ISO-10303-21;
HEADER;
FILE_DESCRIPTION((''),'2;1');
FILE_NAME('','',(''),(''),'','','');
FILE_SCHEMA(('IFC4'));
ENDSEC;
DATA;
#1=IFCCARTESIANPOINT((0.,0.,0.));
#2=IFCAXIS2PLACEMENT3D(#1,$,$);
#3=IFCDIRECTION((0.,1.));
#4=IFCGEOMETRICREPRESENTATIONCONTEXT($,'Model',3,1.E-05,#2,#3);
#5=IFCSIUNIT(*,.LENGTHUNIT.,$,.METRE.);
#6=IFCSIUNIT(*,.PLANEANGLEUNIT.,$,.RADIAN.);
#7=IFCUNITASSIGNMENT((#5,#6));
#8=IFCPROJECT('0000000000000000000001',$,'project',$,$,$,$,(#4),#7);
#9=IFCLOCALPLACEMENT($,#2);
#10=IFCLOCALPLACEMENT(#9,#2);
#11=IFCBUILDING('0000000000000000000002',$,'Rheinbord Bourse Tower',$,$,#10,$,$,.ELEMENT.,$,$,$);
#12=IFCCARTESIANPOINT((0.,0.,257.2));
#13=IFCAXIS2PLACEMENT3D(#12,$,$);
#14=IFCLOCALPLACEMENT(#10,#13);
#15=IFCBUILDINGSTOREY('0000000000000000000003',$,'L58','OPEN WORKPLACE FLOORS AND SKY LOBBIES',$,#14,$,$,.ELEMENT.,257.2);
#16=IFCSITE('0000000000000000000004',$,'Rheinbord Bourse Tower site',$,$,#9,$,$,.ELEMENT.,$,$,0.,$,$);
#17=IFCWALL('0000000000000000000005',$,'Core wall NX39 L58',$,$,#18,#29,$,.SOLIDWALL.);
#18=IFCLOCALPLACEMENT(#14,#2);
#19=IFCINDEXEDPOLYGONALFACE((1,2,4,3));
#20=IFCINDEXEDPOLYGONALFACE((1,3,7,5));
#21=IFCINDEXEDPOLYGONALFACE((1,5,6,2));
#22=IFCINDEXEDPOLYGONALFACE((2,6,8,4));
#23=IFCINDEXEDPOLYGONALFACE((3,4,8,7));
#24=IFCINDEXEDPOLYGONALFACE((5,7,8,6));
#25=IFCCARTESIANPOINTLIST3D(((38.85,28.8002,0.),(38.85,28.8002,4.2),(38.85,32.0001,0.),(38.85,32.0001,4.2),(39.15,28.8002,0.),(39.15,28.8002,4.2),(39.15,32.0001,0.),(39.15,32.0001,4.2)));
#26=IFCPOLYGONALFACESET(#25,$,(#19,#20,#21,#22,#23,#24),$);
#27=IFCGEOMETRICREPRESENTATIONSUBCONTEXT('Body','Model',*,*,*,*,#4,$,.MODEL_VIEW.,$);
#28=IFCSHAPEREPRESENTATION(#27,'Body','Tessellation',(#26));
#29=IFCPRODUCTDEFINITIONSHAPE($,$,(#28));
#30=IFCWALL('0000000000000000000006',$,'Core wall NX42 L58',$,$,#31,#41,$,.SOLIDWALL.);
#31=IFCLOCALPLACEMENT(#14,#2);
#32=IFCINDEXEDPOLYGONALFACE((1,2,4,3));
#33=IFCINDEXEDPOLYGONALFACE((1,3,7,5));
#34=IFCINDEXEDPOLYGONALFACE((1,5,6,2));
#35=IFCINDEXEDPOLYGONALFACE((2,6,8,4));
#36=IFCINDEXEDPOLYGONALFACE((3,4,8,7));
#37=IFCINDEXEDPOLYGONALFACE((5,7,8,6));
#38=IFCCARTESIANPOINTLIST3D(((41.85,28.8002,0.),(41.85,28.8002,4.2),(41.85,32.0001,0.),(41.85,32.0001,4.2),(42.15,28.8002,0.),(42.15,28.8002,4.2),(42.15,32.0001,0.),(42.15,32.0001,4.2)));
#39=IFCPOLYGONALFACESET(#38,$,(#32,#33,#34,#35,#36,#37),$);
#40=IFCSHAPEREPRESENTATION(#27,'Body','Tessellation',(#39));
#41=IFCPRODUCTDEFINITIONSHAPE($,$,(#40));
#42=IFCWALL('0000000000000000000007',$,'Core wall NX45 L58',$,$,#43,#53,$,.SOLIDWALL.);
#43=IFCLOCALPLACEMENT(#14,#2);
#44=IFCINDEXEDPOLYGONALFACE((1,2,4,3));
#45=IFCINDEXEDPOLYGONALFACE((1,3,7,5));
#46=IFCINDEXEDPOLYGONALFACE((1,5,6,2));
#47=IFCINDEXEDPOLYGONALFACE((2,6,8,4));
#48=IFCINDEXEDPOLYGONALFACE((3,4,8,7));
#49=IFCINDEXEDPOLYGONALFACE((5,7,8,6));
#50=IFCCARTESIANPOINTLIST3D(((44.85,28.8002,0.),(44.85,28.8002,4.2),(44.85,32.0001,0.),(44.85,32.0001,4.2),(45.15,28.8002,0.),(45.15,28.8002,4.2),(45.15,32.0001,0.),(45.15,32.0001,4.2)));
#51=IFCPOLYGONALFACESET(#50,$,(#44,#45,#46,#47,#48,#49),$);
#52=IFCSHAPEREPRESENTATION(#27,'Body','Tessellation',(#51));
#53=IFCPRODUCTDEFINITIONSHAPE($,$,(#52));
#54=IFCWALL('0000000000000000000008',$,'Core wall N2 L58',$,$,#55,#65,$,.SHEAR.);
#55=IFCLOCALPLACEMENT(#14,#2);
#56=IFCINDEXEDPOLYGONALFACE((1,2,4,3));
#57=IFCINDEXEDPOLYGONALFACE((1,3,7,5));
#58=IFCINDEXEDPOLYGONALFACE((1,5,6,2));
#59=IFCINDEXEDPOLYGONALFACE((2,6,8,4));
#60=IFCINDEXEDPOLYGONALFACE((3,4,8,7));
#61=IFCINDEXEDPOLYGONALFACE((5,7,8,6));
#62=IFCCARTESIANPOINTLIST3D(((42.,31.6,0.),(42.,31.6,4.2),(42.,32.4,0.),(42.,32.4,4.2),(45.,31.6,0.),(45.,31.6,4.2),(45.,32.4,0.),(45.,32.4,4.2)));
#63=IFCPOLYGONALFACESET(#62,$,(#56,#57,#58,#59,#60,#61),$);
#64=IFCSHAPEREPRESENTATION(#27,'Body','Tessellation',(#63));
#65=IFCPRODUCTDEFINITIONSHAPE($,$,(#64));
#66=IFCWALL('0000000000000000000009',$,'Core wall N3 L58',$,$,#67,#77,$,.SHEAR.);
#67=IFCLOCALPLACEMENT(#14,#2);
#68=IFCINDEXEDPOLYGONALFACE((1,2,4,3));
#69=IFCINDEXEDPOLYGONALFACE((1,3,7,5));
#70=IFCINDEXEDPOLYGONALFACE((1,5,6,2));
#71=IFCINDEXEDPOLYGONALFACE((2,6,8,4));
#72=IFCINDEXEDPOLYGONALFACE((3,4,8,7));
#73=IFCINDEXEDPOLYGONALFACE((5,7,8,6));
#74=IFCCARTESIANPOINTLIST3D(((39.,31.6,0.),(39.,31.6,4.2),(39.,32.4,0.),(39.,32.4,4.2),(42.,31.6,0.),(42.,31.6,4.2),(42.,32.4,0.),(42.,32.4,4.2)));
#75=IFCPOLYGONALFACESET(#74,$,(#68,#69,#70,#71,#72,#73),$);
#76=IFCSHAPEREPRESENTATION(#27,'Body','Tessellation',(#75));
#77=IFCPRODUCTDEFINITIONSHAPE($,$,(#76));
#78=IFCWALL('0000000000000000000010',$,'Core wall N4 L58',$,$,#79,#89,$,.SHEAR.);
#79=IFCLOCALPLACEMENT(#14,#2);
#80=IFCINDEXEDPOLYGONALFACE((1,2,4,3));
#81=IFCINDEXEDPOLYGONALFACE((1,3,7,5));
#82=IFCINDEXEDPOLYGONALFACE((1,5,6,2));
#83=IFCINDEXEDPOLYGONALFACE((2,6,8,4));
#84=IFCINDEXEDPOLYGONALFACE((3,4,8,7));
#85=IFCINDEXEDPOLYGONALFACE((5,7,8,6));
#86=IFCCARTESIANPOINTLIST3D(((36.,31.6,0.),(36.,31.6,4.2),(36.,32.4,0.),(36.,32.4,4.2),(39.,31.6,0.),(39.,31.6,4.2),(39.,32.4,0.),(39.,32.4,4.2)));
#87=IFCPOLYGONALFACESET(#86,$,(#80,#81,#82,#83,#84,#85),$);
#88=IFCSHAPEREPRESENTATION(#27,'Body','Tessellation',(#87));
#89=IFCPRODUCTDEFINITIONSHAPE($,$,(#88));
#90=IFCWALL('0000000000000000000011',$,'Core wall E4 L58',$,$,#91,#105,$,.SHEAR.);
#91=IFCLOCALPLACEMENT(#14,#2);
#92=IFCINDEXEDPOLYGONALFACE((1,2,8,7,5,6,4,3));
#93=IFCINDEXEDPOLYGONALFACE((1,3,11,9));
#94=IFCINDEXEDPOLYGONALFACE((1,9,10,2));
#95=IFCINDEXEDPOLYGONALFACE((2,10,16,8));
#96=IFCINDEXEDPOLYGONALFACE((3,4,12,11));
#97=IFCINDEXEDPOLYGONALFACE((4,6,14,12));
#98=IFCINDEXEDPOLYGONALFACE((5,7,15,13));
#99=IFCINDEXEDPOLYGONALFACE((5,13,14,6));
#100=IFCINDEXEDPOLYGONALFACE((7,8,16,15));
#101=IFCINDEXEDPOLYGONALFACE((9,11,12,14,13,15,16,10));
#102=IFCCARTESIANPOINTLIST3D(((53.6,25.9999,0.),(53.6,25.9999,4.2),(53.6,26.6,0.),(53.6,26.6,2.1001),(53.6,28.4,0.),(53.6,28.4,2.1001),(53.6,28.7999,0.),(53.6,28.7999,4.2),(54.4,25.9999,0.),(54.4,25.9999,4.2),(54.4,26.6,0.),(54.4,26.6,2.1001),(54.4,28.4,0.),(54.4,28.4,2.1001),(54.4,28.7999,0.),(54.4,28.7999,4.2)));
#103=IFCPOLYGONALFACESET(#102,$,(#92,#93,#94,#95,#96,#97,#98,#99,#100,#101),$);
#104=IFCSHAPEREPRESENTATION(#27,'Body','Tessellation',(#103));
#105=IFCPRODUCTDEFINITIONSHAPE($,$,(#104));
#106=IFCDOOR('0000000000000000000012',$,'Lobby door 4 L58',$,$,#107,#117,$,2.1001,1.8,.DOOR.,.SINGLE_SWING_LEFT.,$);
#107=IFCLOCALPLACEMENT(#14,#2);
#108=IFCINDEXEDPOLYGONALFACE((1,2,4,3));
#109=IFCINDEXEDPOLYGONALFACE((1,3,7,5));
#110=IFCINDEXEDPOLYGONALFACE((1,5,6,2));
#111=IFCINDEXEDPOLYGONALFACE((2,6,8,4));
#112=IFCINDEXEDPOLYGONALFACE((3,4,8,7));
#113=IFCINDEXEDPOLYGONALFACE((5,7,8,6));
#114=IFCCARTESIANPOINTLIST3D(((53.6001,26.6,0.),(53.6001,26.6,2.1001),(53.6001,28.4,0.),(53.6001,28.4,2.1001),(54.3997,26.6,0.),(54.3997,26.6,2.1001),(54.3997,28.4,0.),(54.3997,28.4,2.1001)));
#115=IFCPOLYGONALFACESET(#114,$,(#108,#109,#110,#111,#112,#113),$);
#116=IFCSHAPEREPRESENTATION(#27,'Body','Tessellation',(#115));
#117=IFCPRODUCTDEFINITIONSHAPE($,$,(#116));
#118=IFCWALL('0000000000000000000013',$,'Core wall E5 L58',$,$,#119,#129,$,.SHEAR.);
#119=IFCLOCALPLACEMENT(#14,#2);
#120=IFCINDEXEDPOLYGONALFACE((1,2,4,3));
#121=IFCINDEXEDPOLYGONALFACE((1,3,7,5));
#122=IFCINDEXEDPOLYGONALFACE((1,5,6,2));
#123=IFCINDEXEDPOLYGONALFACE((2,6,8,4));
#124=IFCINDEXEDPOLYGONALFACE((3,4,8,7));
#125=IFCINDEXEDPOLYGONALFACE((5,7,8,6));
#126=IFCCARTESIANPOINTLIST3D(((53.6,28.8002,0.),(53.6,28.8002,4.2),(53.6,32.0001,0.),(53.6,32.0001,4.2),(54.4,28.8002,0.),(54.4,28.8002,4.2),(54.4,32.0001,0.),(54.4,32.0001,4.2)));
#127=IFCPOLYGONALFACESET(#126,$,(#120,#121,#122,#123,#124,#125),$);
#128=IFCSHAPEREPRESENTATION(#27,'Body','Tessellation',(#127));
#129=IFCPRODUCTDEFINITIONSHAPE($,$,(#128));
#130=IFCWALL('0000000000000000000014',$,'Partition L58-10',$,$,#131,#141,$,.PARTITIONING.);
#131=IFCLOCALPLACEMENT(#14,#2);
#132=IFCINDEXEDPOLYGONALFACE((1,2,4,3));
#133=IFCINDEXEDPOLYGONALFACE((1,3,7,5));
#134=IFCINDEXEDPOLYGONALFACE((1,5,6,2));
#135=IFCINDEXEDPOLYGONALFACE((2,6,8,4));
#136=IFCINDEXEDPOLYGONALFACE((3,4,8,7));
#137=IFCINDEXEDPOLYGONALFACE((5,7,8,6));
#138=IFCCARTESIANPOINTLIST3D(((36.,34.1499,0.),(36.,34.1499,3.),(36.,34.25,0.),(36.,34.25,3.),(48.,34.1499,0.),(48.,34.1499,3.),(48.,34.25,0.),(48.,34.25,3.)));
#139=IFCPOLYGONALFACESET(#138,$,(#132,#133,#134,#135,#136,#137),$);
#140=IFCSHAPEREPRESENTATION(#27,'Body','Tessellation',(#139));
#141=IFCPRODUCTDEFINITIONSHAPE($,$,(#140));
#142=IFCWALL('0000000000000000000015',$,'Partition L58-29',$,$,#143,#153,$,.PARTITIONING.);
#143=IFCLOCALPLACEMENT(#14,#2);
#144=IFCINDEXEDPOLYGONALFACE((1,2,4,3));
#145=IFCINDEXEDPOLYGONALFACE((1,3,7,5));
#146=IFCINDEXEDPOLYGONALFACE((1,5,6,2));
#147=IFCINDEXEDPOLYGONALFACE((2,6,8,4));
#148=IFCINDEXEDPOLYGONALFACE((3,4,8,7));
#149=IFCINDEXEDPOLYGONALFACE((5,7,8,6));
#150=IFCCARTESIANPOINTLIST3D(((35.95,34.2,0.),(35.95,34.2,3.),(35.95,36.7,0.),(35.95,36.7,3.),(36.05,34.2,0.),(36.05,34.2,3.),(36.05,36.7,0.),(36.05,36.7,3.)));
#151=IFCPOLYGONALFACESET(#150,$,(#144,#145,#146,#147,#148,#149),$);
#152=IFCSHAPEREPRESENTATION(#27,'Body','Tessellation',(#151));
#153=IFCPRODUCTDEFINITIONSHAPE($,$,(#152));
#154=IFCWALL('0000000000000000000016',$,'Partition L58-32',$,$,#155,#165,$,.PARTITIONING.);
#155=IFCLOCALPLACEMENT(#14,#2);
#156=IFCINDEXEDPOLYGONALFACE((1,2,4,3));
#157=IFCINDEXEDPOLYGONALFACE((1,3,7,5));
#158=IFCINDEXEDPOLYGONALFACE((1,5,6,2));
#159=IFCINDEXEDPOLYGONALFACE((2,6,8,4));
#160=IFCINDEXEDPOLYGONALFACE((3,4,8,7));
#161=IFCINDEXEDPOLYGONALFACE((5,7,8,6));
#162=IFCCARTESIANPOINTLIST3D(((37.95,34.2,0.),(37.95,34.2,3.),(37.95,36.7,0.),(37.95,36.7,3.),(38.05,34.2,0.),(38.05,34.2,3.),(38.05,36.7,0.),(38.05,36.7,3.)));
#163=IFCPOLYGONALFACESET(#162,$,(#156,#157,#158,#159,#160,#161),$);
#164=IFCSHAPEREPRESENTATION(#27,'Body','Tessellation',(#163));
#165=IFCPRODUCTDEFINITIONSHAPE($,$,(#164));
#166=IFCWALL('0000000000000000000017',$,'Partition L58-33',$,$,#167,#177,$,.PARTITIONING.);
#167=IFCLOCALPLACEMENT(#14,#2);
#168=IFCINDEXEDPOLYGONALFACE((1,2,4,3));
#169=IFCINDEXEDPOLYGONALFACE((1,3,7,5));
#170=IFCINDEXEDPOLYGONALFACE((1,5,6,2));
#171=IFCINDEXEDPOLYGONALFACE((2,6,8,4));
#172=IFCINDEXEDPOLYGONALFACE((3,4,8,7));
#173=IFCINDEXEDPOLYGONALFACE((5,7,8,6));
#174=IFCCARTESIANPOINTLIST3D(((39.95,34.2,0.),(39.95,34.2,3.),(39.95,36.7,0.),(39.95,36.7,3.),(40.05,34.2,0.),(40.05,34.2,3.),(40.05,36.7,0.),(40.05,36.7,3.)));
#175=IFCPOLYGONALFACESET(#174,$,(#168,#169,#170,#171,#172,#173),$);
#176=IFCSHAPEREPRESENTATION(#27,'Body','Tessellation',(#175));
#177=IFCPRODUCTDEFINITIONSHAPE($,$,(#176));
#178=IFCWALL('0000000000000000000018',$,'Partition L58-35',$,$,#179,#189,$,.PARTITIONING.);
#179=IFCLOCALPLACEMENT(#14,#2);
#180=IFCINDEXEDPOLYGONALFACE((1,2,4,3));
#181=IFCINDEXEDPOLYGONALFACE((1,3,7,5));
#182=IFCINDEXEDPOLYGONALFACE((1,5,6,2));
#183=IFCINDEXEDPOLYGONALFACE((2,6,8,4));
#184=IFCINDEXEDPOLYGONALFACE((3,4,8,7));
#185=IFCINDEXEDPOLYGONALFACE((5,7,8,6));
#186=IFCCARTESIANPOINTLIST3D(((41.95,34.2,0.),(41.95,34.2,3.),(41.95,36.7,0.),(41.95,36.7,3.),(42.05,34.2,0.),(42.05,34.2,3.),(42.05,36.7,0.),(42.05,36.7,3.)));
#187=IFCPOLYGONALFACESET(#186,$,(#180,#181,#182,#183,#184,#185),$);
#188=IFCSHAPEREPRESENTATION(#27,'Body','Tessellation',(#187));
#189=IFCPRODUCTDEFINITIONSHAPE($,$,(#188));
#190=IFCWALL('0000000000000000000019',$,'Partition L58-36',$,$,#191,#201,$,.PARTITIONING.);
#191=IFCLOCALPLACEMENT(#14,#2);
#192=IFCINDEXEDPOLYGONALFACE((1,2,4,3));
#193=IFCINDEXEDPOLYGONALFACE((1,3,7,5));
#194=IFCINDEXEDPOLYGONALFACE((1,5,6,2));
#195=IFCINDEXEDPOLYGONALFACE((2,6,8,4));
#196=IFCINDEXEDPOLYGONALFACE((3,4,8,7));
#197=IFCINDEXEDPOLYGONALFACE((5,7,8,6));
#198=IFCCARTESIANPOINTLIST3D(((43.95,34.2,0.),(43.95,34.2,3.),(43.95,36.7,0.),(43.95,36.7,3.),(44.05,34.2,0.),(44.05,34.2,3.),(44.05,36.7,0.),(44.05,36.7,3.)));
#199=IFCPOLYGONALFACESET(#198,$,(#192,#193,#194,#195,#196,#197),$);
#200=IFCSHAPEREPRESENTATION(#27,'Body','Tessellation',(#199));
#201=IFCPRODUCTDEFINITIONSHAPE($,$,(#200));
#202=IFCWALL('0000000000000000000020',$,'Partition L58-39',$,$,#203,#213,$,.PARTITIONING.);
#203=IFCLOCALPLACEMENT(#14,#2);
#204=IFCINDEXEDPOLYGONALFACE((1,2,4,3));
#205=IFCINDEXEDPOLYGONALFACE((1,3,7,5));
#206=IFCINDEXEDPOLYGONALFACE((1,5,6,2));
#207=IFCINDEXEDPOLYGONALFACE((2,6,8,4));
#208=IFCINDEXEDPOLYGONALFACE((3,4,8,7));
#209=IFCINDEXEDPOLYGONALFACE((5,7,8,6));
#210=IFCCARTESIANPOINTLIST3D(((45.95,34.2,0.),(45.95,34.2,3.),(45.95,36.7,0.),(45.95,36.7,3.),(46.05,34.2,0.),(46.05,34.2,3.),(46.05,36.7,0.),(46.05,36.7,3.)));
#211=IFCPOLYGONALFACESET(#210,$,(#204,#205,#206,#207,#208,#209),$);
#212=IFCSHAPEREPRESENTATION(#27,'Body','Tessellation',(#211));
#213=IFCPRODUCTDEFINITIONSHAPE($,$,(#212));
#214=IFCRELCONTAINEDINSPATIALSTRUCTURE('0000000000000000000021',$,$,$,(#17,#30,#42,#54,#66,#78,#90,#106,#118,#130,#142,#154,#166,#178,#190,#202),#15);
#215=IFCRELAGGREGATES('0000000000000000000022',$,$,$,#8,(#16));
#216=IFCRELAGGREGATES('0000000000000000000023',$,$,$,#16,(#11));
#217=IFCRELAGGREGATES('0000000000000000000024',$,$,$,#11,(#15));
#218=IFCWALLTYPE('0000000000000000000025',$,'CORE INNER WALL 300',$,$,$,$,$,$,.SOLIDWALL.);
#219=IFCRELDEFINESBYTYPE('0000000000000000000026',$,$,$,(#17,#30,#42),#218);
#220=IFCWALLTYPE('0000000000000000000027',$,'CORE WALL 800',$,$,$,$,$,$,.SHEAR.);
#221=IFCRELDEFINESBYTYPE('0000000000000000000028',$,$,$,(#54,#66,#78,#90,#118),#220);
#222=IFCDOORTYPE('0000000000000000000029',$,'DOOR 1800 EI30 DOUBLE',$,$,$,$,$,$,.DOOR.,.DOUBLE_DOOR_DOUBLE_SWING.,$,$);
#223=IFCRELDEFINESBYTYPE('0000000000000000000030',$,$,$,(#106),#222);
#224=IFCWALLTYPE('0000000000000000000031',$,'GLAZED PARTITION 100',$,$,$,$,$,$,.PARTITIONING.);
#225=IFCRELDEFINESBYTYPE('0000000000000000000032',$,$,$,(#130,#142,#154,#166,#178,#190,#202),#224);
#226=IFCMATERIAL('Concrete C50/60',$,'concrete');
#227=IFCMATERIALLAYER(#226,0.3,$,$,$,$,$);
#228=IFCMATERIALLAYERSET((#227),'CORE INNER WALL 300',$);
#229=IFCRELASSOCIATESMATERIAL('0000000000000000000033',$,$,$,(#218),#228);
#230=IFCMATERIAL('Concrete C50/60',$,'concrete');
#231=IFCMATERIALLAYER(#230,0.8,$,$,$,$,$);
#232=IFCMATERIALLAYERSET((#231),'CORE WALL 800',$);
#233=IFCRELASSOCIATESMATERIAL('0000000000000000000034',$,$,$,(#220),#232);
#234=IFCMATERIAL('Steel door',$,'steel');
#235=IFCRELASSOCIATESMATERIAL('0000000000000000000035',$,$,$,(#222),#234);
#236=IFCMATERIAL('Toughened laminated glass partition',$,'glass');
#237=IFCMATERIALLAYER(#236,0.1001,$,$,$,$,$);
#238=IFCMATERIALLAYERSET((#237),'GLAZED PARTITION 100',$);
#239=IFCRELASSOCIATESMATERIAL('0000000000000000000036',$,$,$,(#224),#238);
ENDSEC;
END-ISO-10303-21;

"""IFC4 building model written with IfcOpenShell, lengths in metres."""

from ifc_helpers import new_model, si_unit, direction, frame, frame_2d, origin, place, context, subcontext, project, spatial, rectangle, extrude, material, layer, layer_set, type_object, element, fill, save


model = new_model("IFC4")

# Units and contexts
model_context = context("Model", 3, precision=1e-05, world=origin(), true_north=direction((0.0, 1.0)))
body_context = subcontext(model_context, "Body", "Model", "MODEL_VIEW")
ifc_project = project(units=[si_unit("LENGTHUNIT", "METRE"), si_unit("PLANEANGLEUNIT", "RADIAN")], contexts=[model_context])

# Site, building, storey
site_placement = place(None, origin())
site = spatial("IfcSite", under=ifc_project, at=site_placement, Name="Rheinbord Bourse Tower site", CompositionType="ELEMENT", RefElevation=0.0)
building_placement = place(site_placement, origin())
building = spatial("IfcBuilding", under=site, at=building_placement, Name="Rheinbord Bourse Tower", CompositionType="ELEMENT")
storey_placement = place(building_placement, frame((0.0, 0.0, 257.2)))
storey = spatial("IfcBuildingStorey", under=building, at=storey_placement, Name="L58", Description="OPEN WORKPLACE FLOORS AND SKY LOBBIES", CompositionType="ELEMENT", Elevation=257.2)

# Shared definitions
ifc_material_1 = material(Name="Concrete C50/60", Category="concrete")
ifc_layer_1 = layer(ifc_material_1, 0.3)
ifc_layer_set_1 = layer_set([ifc_layer_1], Name="CORE INNER WALL 300")
wall_type_1 = type_object("IfcWallType", Name="CORE INNER WALL 300", PredefinedType="SOLIDWALL", material=ifc_layer_set_1)

# Walls
for number, where, z_axis, x_axis, name in (
    (1, (39.0, 28.8, 0.0), (0.0, 0.0, 1.0), (0.0, 1.0, 0.0), "Core wall NX39 L58"),
    (2, (42.0, 28.8, 0.0), (0.0, 0.0, 1.0), (0.0, 1.0, 0.0), "Core wall NX42 L58"),
    (3, (45.0, 28.8, 0.0), (0.0, 0.0, 1.0), (0.0, 1.0, 0.0), "Core wall NX45 L58"),
):
    element("IfcWall", number, at=place(storey_placement, frame(where, z_axis=z_axis, x_axis=x_axis)), inside=storey, type_object=wall_type_1, Name=name, PredefinedType="SOLIDWALL", context=body_context, shape_type="SweptSolid", body=[
        extrude(rectangle(XDim=3.2, YDim=0.3, at=frame_2d((1.6001, 0.0))), origin(), (0.0, 0.0, 1.0), 4.2),
    ])
ifc_material_2 = material(Name="Concrete C50/60", Category="concrete")
ifc_layer_2 = layer(ifc_material_2, 0.8)
ifc_layer_set_2 = layer_set([ifc_layer_2], Name="CORE WALL 800")
wall_type_2 = type_object("IfcWallType", Name="CORE WALL 800", PredefinedType="SHEAR", material=ifc_layer_set_2)
for number, where, z_axis, x_axis, name in (
    (4, (45.0, 32.0, 0.0), (0.0, 0.0, 1.0), (-1.0, 0.0, 0.0), "Core wall N2 L58"),
    (5, (42.0, 32.0, 0.0), (0.0, 0.0, 1.0), (-1.0, 0.0, 0.0), "Core wall N3 L58"),
    (6, (39.0, 32.0, 0.0), (0.0, 0.0, 1.0), (-1.0, 0.0, 0.0), "Core wall N4 L58"),
):
    element("IfcWall", number, at=place(storey_placement, frame(where, z_axis=z_axis, x_axis=x_axis)), inside=storey, type_object=wall_type_2, Name=name, PredefinedType="SHEAR", context=body_context, shape_type="SweptSolid", body=[
        extrude(rectangle(XDim=3.0, YDim=0.8, at=frame_2d((1.5, 0.0))), origin(), (0.0, 0.0, 1.0), 4.2),
    ])

# Wall, opening, door
wall_1_placement = place(storey_placement, frame((54.0, 26.0, 0.0), z_axis=(0.0, 0.0, 1.0), x_axis=(0.0, 1.0, 0.0)))
wall_1 = element("IfcWall", 7, at=wall_1_placement, inside=storey, type_object=wall_type_2, Name="Core wall E4 L58", PredefinedType="SHEAR", context=body_context, shape_type="SweptSolid", body=[
    extrude(rectangle(XDim=2.8, YDim=0.8, at=frame_2d((1.3999, 0.0))), origin(), (0.0, 0.0, 1.0), 4.2),
])
opening_1_placement = place(wall_1_placement, frame((0.6001, 0.0, 0.0)))
opening_1 = element("IfcOpeningElement", 8, at=opening_1_placement, cuts=wall_1, PredefinedType="OPENING", context=body_context, shape_type="SweptSolid", body=[
    extrude(rectangle(XDim=1.8, YDim=2.1001, at=frame_2d((0.8999, 1.05))), frame((0.0, 0.4099, 0.0), z_axis=(0.0, -1.0, 0.0), x_axis=(1.0, 0.0, 0.0)), (0.0, 0.0, 1.0), 0.8201),
])
ifc_material_3 = material(Name="Steel door", Category="steel")
door_type_1 = type_object("IfcDoorType", Name="DOOR 1800 EI30 DOUBLE", OperationType="DOUBLE_DOOR_DOUBLE_SWING", PredefinedType="DOOR", material=ifc_material_3)
door_1_placement = place(opening_1_placement, origin())
door_1 = element("IfcDoor", 9, at=door_1_placement, inside=storey, type_object=door_type_1, Name="Lobby door 4 L58", OperationType="SINGLE_SWING_LEFT", OverallHeight=2.1001, OverallWidth=1.8, PredefinedType="DOOR", context=body_context, shape_type="SweptSolid", body=[
    extrude(rectangle(XDim=1.8, YDim=2.1001, at=frame_2d((0.8999, 1.05))), frame((0.0, 0.3999, 0.0), z_axis=(0.0, -1.0, 0.0), x_axis=(1.0, 0.0, 0.0)), (0.0, 0.0, 1.0), 0.7996),
])
fill(opening_1, door_1)

# Walls
wall_2_placement = place(storey_placement, frame((54.0, 28.8, 0.0), z_axis=(0.0, 0.0, 1.0), x_axis=(0.0, 1.0, 0.0)))
element("IfcWall", 10, at=wall_2_placement, inside=storey, type_object=wall_type_2, Name="Core wall E5 L58", PredefinedType="SHEAR", context=body_context, shape_type="SweptSolid", body=[
    extrude(rectangle(XDim=3.2, YDim=0.8, at=frame_2d((1.6001, 0.0))), origin(), (0.0, 0.0, 1.0), 4.2),
])
ifc_material_4 = material(Name="Toughened laminated glass partition", Category="glass")
ifc_layer_3 = layer(ifc_material_4, 0.1001)
ifc_layer_set_3 = layer_set([ifc_layer_3], Name="GLAZED PARTITION 100")
wall_type_3 = type_object("IfcWallType", Name="GLAZED PARTITION 100", PredefinedType="PARTITIONING", material=ifc_layer_set_3)
wall_3_placement = place(storey_placement, frame((36.0, 34.2, 0.0), z_axis=(0.0, 0.0, 1.0), x_axis=(1.0, 0.0, 0.0)))
element("IfcWall", 11, at=wall_3_placement, inside=storey, type_object=wall_type_3, Name="Partition L58-10", PredefinedType="PARTITIONING", context=body_context, shape_type="SweptSolid", body=[
    extrude(rectangle(XDim=12.0, YDim=0.1001, at=frame_2d((6.0, 0.0))), origin(), (0.0, 0.0, 1.0), 3.0),
])
for number, where, z_axis, x_axis, name in (
    (12, (36.0, 34.2, 0.0), (0.0, 0.0, 1.0), (0.0, 1.0, 0.0), "Partition L58-29"),
    (13, (38.0, 34.2, 0.0), (0.0, 0.0, 1.0), (0.0, 1.0, 0.0), "Partition L58-32"),
    (14, (40.0, 34.2, 0.0), (0.0, 0.0, 1.0), (0.0, 1.0, 0.0), "Partition L58-33"),
    (15, (42.0, 34.2, 0.0), (0.0, 0.0, 1.0), (0.0, 1.0, 0.0), "Partition L58-35"),
    (16, (44.0, 34.2, 0.0), (0.0, 0.0, 1.0), (0.0, 1.0, 0.0), "Partition L58-36"),
    (17, (46.0, 34.2, 0.0), (0.0, 0.0, 1.0), (0.0, 1.0, 0.0), "Partition L58-39"),
):
    element("IfcWall", number, at=place(storey_placement, frame(where, z_axis=z_axis, x_axis=x_axis)), inside=storey, type_object=wall_type_3, Name=name, PredefinedType="PARTITIONING", context=body_context, shape_type="SweptSolid", body=[
        extrude(rectangle(XDim=2.5, YDim=0.1001, at=frame_2d((1.25, 0.0))), origin(), (0.0, 0.0, 1.0), 3.0),
    ])

save(model, "model.ifc")
